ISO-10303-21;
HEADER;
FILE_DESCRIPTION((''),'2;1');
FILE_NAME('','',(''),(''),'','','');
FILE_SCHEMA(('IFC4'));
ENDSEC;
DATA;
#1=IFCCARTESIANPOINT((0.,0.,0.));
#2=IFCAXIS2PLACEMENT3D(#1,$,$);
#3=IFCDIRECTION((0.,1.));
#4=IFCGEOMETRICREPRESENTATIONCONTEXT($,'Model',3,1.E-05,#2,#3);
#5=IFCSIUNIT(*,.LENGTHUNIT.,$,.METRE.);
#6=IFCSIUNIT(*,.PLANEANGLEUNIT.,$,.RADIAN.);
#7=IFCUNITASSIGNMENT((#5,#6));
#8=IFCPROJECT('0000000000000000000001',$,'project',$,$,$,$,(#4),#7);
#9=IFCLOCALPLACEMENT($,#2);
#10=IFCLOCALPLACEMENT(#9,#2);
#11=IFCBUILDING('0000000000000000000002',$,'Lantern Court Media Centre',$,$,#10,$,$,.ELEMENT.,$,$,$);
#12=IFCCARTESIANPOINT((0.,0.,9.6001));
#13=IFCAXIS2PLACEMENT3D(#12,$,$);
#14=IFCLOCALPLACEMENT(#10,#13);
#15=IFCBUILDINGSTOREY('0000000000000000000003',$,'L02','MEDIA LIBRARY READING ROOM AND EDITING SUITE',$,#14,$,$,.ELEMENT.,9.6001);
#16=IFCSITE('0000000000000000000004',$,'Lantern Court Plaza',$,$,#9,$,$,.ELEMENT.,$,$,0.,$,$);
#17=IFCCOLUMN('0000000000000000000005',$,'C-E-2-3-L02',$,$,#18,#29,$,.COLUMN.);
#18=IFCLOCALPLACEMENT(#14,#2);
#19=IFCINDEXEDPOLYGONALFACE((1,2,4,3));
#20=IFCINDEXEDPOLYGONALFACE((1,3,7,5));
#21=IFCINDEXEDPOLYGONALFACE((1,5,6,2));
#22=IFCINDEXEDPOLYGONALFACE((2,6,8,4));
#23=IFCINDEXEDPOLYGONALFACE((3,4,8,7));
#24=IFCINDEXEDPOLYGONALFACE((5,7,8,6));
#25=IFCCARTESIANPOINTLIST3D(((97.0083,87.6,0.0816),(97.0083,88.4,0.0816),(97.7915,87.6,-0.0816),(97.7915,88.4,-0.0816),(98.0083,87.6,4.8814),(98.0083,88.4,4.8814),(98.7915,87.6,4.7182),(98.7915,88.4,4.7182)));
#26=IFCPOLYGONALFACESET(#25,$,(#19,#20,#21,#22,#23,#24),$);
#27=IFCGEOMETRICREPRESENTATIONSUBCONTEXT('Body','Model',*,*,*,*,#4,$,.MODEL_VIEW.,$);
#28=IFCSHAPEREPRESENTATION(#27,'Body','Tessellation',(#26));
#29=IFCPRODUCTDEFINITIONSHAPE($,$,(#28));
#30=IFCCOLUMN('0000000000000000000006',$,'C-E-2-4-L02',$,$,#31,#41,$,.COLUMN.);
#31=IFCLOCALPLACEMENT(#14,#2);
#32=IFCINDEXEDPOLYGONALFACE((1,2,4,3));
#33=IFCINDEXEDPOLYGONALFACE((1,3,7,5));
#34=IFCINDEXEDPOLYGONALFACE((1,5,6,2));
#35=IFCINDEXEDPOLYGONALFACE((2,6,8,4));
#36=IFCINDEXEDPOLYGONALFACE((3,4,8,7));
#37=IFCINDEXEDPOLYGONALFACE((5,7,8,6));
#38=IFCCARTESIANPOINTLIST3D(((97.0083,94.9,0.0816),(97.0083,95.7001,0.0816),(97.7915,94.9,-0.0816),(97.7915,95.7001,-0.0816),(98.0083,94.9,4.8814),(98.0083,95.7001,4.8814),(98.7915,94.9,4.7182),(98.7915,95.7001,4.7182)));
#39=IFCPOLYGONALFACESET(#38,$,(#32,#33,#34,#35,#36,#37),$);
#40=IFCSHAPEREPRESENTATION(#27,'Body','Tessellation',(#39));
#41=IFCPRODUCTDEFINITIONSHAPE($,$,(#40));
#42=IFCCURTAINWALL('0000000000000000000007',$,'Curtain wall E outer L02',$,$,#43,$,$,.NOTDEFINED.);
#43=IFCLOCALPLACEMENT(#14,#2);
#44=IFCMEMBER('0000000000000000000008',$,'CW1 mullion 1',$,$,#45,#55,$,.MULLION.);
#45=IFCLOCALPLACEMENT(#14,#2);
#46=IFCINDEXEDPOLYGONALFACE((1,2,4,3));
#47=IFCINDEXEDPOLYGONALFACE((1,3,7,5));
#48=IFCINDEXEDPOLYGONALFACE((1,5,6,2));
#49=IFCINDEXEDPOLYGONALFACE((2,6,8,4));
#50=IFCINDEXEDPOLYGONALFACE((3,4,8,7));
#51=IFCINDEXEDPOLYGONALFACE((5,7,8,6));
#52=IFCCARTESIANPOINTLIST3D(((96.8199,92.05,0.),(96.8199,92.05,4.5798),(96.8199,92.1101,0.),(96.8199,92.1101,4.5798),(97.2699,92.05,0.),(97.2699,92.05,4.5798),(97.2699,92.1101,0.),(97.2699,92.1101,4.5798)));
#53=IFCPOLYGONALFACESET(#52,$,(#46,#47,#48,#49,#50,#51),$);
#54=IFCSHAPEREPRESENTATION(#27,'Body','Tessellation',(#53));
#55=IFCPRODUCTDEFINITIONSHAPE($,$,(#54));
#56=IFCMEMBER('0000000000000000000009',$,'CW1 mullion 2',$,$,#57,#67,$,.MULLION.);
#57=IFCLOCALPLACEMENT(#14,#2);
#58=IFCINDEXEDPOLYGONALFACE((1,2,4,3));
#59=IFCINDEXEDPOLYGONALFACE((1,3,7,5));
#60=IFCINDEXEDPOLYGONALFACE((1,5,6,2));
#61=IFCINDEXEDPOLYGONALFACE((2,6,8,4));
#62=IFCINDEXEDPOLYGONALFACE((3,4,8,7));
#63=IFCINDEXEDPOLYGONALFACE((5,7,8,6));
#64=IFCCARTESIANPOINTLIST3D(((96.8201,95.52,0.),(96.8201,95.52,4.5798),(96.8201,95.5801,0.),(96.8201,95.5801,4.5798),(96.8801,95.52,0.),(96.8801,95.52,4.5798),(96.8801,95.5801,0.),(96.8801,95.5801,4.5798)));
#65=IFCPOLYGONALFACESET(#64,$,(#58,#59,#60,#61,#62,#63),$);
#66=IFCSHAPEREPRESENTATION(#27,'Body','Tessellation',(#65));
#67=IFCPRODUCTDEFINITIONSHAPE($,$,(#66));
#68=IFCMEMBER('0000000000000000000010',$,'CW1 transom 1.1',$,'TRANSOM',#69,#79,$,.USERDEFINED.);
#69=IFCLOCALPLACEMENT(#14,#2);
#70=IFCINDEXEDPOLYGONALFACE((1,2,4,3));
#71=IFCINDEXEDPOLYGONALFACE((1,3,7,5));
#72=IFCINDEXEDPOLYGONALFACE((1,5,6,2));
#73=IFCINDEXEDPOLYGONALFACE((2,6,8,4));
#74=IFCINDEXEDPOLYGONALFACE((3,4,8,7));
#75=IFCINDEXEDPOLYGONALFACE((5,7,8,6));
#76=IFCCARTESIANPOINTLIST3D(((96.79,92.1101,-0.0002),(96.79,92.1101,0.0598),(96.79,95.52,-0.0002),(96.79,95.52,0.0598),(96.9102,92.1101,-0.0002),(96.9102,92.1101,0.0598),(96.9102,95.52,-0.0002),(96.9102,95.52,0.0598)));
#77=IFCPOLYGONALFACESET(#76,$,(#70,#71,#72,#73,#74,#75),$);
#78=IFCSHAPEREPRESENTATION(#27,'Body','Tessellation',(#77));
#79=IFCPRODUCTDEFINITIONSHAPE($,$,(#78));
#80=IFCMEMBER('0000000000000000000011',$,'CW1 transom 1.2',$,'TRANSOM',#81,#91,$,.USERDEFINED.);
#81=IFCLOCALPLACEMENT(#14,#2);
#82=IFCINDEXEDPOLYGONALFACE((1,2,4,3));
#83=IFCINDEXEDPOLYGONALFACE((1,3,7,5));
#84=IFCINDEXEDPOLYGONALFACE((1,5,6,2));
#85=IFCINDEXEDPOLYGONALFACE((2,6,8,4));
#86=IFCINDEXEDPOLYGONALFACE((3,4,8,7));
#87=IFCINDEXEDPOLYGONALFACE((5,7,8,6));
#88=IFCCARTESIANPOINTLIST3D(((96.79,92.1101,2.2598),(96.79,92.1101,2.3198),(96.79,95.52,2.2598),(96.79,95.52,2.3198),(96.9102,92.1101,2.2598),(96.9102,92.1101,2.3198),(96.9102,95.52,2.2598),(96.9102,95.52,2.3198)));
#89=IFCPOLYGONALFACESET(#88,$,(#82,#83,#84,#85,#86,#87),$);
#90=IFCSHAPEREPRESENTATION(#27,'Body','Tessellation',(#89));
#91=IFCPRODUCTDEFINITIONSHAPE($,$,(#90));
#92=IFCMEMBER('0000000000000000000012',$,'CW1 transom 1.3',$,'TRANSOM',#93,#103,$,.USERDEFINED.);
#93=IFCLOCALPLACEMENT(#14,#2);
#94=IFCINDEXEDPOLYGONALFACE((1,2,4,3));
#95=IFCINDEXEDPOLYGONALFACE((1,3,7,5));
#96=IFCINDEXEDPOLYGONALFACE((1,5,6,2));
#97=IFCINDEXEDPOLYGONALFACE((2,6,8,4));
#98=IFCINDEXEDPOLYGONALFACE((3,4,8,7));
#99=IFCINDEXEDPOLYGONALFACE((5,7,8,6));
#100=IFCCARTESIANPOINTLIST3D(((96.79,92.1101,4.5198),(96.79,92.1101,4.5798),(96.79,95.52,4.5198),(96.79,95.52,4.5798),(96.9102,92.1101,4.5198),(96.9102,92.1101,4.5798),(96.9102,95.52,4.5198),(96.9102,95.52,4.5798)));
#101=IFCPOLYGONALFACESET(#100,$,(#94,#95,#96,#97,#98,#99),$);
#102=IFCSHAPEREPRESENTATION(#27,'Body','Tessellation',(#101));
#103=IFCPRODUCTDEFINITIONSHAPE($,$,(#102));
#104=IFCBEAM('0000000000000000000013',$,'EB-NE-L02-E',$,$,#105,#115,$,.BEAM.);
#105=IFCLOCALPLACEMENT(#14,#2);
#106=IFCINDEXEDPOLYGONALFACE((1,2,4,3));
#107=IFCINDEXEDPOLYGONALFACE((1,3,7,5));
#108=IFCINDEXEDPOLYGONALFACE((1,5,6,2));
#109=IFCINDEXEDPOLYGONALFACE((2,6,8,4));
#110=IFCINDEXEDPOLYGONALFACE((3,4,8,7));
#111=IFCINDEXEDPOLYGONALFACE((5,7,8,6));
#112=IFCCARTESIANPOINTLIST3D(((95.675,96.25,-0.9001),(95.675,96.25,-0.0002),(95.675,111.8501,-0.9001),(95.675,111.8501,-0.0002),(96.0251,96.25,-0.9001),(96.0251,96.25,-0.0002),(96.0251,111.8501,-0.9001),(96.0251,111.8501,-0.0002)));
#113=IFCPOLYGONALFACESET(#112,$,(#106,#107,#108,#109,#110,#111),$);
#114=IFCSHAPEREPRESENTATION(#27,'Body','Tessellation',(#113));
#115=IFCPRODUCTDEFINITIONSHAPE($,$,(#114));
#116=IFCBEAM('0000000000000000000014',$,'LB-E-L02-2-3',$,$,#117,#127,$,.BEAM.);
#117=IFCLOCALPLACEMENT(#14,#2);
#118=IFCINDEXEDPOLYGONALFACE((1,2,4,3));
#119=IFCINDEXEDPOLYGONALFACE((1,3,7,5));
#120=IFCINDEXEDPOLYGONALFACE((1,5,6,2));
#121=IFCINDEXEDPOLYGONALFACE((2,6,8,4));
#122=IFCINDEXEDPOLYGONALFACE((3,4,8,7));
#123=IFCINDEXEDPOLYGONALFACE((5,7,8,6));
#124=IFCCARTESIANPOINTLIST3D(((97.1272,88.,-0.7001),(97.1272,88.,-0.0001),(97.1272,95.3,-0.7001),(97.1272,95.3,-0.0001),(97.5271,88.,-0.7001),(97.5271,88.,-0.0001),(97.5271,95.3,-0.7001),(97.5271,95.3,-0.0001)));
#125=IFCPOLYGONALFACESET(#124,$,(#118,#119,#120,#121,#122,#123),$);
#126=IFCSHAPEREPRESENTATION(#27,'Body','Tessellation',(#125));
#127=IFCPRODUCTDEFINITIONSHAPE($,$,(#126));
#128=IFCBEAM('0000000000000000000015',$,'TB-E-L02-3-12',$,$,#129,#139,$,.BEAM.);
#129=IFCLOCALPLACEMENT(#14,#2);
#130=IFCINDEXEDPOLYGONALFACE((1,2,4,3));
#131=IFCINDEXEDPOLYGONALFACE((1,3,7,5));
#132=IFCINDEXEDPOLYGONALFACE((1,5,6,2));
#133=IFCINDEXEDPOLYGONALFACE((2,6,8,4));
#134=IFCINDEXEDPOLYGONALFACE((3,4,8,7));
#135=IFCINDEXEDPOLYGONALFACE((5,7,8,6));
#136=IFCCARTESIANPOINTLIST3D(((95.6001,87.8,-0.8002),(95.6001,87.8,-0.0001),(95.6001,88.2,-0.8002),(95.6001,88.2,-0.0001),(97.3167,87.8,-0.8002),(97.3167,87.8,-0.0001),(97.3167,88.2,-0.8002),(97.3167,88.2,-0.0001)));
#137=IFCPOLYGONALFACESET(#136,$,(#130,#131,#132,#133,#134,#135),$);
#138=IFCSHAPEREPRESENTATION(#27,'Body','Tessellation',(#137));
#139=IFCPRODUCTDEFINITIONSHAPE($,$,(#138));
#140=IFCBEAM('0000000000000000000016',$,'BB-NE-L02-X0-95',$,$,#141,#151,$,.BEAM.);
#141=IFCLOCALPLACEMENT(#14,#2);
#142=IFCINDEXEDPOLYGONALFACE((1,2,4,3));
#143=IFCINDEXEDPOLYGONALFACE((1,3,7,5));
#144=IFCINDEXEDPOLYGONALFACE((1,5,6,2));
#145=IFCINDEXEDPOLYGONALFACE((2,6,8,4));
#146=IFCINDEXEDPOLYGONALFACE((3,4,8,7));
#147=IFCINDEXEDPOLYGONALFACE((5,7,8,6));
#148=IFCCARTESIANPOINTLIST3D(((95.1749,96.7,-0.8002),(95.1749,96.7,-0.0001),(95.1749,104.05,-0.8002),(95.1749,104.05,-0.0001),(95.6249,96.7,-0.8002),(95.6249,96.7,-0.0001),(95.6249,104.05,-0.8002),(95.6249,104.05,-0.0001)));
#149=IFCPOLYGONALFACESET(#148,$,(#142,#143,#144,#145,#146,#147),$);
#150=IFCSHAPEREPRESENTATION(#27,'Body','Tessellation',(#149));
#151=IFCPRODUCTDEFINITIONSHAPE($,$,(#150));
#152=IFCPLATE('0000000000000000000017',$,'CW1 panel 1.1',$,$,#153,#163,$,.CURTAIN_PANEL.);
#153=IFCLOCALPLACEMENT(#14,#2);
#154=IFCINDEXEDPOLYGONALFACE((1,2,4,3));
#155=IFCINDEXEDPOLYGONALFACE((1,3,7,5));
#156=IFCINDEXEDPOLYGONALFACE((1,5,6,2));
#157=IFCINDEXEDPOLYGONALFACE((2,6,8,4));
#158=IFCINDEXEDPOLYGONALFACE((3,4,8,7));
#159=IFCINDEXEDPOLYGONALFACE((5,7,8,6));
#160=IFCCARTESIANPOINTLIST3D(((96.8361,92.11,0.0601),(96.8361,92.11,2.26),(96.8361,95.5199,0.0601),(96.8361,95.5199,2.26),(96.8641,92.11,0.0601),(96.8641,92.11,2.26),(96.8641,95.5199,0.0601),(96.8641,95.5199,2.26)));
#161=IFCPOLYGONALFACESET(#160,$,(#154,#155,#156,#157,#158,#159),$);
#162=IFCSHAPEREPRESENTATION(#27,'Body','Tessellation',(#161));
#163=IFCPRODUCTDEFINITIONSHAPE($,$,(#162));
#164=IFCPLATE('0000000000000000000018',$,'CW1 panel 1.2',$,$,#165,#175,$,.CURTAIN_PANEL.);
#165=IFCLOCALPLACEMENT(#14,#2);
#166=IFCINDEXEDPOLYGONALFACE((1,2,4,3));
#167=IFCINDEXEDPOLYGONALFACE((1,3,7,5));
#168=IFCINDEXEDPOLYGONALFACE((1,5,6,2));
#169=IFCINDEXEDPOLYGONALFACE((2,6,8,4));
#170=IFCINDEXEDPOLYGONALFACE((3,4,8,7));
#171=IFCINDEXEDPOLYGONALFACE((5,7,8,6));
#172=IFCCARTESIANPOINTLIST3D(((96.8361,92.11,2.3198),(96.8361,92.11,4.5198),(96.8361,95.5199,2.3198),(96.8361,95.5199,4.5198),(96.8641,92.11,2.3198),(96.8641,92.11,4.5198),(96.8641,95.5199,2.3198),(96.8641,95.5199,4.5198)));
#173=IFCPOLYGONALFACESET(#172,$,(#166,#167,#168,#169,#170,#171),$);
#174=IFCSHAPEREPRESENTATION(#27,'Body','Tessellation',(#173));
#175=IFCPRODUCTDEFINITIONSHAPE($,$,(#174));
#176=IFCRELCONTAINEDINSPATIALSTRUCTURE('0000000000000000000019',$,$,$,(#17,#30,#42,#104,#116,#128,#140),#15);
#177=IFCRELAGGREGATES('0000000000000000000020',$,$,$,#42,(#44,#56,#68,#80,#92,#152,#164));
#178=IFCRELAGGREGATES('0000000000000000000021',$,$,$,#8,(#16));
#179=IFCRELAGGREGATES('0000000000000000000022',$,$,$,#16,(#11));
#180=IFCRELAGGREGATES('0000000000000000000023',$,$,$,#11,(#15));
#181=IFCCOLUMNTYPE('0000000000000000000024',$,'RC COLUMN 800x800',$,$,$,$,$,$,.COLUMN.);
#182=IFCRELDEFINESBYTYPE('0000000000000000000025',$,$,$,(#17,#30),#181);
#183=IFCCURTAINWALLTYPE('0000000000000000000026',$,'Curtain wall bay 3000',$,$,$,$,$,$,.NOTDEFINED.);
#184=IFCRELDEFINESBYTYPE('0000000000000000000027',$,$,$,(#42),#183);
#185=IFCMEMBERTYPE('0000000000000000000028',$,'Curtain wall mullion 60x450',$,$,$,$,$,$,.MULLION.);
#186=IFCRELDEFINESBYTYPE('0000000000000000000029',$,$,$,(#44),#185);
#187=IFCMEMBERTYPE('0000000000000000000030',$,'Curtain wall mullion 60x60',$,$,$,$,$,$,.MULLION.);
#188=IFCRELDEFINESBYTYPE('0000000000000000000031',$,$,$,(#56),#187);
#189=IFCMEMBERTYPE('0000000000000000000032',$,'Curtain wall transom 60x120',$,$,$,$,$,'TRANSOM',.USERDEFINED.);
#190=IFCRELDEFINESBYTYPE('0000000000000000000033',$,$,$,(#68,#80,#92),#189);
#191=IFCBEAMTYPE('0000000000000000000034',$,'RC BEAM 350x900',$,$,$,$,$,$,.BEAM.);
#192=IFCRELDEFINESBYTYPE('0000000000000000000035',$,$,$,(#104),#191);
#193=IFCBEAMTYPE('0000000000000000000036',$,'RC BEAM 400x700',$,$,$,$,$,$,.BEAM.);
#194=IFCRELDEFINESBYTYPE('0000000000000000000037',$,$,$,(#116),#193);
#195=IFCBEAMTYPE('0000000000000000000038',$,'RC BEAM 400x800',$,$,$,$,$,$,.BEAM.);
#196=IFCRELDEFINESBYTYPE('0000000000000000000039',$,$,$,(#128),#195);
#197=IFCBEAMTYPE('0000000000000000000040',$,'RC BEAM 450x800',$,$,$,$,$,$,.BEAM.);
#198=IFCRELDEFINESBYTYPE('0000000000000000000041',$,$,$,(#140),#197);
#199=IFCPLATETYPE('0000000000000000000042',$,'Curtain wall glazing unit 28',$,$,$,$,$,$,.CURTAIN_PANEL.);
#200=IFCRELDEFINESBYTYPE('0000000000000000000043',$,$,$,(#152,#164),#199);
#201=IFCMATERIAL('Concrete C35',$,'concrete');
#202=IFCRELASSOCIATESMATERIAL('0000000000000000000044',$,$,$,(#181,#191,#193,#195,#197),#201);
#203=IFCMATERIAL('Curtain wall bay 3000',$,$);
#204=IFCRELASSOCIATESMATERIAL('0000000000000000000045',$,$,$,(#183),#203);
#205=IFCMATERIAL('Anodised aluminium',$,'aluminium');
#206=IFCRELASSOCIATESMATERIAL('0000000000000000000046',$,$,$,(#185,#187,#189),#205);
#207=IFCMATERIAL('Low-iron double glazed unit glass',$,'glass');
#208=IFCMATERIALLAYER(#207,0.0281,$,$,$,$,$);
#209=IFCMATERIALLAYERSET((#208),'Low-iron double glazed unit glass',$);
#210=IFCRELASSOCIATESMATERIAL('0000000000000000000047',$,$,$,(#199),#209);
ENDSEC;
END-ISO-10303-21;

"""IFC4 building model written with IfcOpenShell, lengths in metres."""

from ifc_helpers import new_model, si_unit, direction, frame, origin, origin_2d, place, context, subcontext, project, spatial, rectangle, extrude, material, layer, layer_set, material_profile, profile_set, type_object, element, aggregate, save


model = new_model("IFC4")

# Units and contexts
model_context = context("Model", 3, precision=1e-05, world=origin(), true_north=direction((0.0, 1.0)))
body_context = subcontext(model_context, "Body", "Model", "MODEL_VIEW")
ifc_project = project(units=[si_unit("LENGTHUNIT", "METRE"), si_unit("PLANEANGLEUNIT", "RADIAN")], contexts=[model_context])

# Site, building, storey
site_placement = place(None, origin())
site = spatial("IfcSite", under=ifc_project, at=site_placement, Name="Lantern Court Plaza", CompositionType="ELEMENT", RefElevation=0.0)
building_placement = place(site_placement, origin())
building = spatial("IfcBuilding", under=site, at=building_placement, Name="Lantern Court Media Centre", CompositionType="ELEMENT")
storey_placement = place(building_placement, frame((0.0, 0.0, 9.6001)))
storey = spatial("IfcBuildingStorey", under=building, at=storey_placement, Name="L02", Description="MEDIA LIBRARY READING ROOM AND EDITING SUITE", CompositionType="ELEMENT", Elevation=9.6001)

# Columns
ifc_material_1 = material(Name="Concrete C35", Category="concrete")
ifc_material_profile_1 = material_profile(ifc_material_1, rectangle(XDim=0.8, YDim=0.8, at=origin_2d()), Name="RC 800x800")
ifc_profile_set_1 = profile_set([ifc_material_profile_1], Name="Concrete C35")
column_type = type_object("IfcColumnType", Name="RC COLUMN 800x800", PredefinedType="COLUMN", material=ifc_profile_set_1)
for number, where, z_axis, x_axis, name in (
    (1, (97.3999, 88.0, 0.0), (0.203962, 0.0, 0.978979), (0.0, 1.0, 0.0), "C-E-2-3-L02"),
    (2, (97.3999, 95.3, 0.0), (0.203962, 0.0, 0.978979), (0.0, 1.0, 0.0), "C-E-2-4-L02"),
):
    element("IfcColumn", number, at=place(storey_placement, frame(where, z_axis=z_axis, x_axis=x_axis)), inside=storey, type_object=column_type, Name=name, PredefinedType="COLUMN", context=body_context, shape_type="SweptSolid", body=[
        extrude(rectangle(XDim=0.8, YDim=0.8, at=origin_2d()), origin(), (0.0, 0.0, 1.0), 4.9028),
    ])

# Curtain wall, members
ifc_material_2 = material(Name="Curtain wall bay 3000")
curtain_wall_type = type_object("IfcCurtainWallType", Name="Curtain wall bay 3000", PredefinedType="NOTDEFINED", material=ifc_material_2)
curtain_wall_placement = place(storey_placement, origin())
curtain_wall = element("IfcCurtainWall", 3, at=curtain_wall_placement, inside=storey, type_object=curtain_wall_type, Name="Curtain wall E outer L02", PredefinedType="NOTDEFINED")
ifc_material_3 = material(Name="Anodised aluminium", Category="aluminium")
ifc_material_profile_2 = material_profile(ifc_material_3, rectangle(XDim=0.45, YDim=0.0601, at=origin_2d()), Name="AL 60x450")
ifc_profile_set_2 = profile_set([ifc_material_profile_2], Name="Anodised aluminium")
member_type_1 = type_object("IfcMemberType", Name="Curtain wall mullion 60x450", PredefinedType="MULLION", material=ifc_profile_set_2)
member_1_placement = place(storey_placement, frame((97.0449, 92.0801, 0.0), z_axis=(0.0, 0.0, 1.0), x_axis=(-1.0, 0.0, 0.0)))
member_1 = element("IfcMember", 4, at=member_1_placement, type_object=member_type_1, Name="CW1 mullion 1", PredefinedType="MULLION", context=body_context, shape_type="SweptSolid", body=[
    extrude(rectangle(XDim=0.45, YDim=0.0601, at=origin_2d()), origin(), (0.0, 0.0, 1.0), 4.5798),
])
ifc_material_profile_3 = material_profile(ifc_material_3, rectangle(XDim=0.0601, YDim=0.0601, at=origin_2d()), Name="AL 60x60")
ifc_profile_set_3 = profile_set([ifc_material_profile_3], Name="Anodised aluminium")
member_type_2 = type_object("IfcMemberType", Name="Curtain wall mullion 60x60", PredefinedType="MULLION", material=ifc_profile_set_3)
member_2_placement = place(storey_placement, frame((96.8501, 95.55, 0.0), z_axis=(0.0, 0.0, 1.0), x_axis=(-1.0, 0.0, 0.0)))
member_2 = element("IfcMember", 5, at=member_2_placement, type_object=member_type_2, Name="CW1 mullion 2", PredefinedType="MULLION", context=body_context, shape_type="SweptSolid", body=[
    extrude(rectangle(XDim=0.0601, YDim=0.0601, at=origin_2d()), origin(), (0.0, 0.0, 1.0), 4.5798),
])
ifc_material_profile_4 = material_profile(ifc_material_3, rectangle(XDim=0.1201, YDim=0.0601, at=origin_2d()), Name="AL 60x120")
ifc_profile_set_4 = profile_set([ifc_material_profile_4], Name="Anodised aluminium")
member_type_3 = type_object("IfcMemberType", Name="Curtain wall transom 60x120", ElementType="TRANSOM", PredefinedType="USERDEFINED", material=ifc_profile_set_4)
member_3_placement = place(storey_placement, frame((96.8501, 92.1101, 0.0298), z_axis=(0.0, 1.0, 0.0), x_axis=(-1.0, 0.0, 0.0)))
member_3 = element("IfcMember", 6, at=member_3_placement, type_object=member_type_3, Name="CW1 transom 1.1", ObjectType="TRANSOM", PredefinedType="USERDEFINED", context=body_context, shape_type="SweptSolid", body=[
    extrude(rectangle(XDim=0.1201, YDim=0.0601, at=origin_2d()), origin(), (0.0, 0.0, 1.0), 3.4099),
])
member_4_placement = place(storey_placement, frame((96.8501, 92.1101, 2.2898), z_axis=(0.0, 1.0, 0.0), x_axis=(-1.0, 0.0, 0.0)))
member_4 = element("IfcMember", 7, at=member_4_placement, type_object=member_type_3, Name="CW1 transom 1.2", ObjectType="TRANSOM", PredefinedType="USERDEFINED", context=body_context, shape_type="SweptSolid", body=[
    extrude(rectangle(XDim=0.1201, YDim=0.0601, at=origin_2d()), origin(), (0.0, 0.0, 1.0), 3.4099),
])
member_5_placement = place(storey_placement, frame((96.8501, 92.1101, 4.5498), z_axis=(0.0, 1.0, 0.0), x_axis=(-1.0, 0.0, 0.0)))
member_5 = element("IfcMember", 8, at=member_5_placement, type_object=member_type_3, Name="CW1 transom 1.3", ObjectType="TRANSOM", PredefinedType="USERDEFINED", context=body_context, shape_type="SweptSolid", body=[
    extrude(rectangle(XDim=0.1201, YDim=0.0601, at=origin_2d()), origin(), (0.0, 0.0, 1.0), 3.4099),
])

# Beams
ifc_material_profile_5 = material_profile(ifc_material_1, rectangle(XDim=0.3501, YDim=0.8999, at=origin_2d()), Name="RC 350x900")
ifc_profile_set_5 = profile_set([ifc_material_profile_5], Name="Concrete C35")
beam_type_1 = type_object("IfcBeamType", Name="RC BEAM 350x900", PredefinedType="BEAM", material=ifc_profile_set_5)
beam_1_placement = place(storey_placement, frame((95.8501, 96.25, -0.4502), z_axis=(0.0, 1.0, 0.0), x_axis=(-1.0, 0.0, 0.0)))
element("IfcBeam", 9, at=beam_1_placement, inside=storey, type_object=beam_type_1, Name="EB-NE-L02-E", PredefinedType="BEAM", context=body_context, shape_type="SweptSolid", body=[
    extrude(rectangle(XDim=0.3501, YDim=0.8999, at=origin_2d()), origin(), (0.0, 0.0, 1.0), 15.6001),
])
ifc_material_profile_6 = material_profile(ifc_material_1, rectangle(XDim=0.3999, YDim=0.7, at=origin_2d()), Name="RC 400x700")
ifc_profile_set_6 = profile_set([ifc_material_profile_6], Name="Concrete C35")
beam_type_2 = type_object("IfcBeamType", Name="RC BEAM 400x700", PredefinedType="BEAM", material=ifc_profile_set_6)
beam_2_placement = place(storey_placement, frame((97.3271, 88.0, -0.3501), z_axis=(0.0, 1.0, 0.0), x_axis=(-1.0, 0.0, 0.0)))
element("IfcBeam", 10, at=beam_2_placement, inside=storey, type_object=beam_type_2, Name="LB-E-L02-2-3", PredefinedType="BEAM", context=body_context, shape_type="SweptSolid", body=[
    extrude(rectangle(XDim=0.3999, YDim=0.7, at=origin_2d()), origin(), (0.0, 0.0, 1.0), 7.3),
])
ifc_material_profile_7 = material_profile(ifc_material_1, rectangle(XDim=0.3999, YDim=0.8, at=origin_2d()), Name="RC 400x800")
ifc_profile_set_7 = profile_set([ifc_material_profile_7], Name="Concrete C35")
beam_type_3 = type_object("IfcBeamType", Name="RC BEAM 400x800", PredefinedType="BEAM", material=ifc_profile_set_7)
beam_3_placement = place(storey_placement, frame((95.6001, 88.0, -0.4001), z_axis=(1.0, 0.0, 0.0), x_axis=(0.0, 1.0, 0.0)))
element("IfcBeam", 11, at=beam_3_placement, inside=storey, type_object=beam_type_3, Name="TB-E-L02-3-12", PredefinedType="BEAM", context=body_context, shape_type="SweptSolid", body=[
    extrude(rectangle(XDim=0.3999, YDim=0.8, at=origin_2d()), origin(), (0.0, 0.0, 1.0), 1.7166),
])
ifc_material_profile_8 = material_profile(ifc_material_1, rectangle(XDim=0.45, YDim=0.8, at=origin_2d()), Name="RC 450x800")
ifc_profile_set_8 = profile_set([ifc_material_profile_8], Name="Concrete C35")
beam_type_4 = type_object("IfcBeamType", Name="RC BEAM 450x800", PredefinedType="BEAM", material=ifc_profile_set_8)
beam_4_placement = place(storey_placement, frame((95.3999, 96.7, -0.4001), z_axis=(0.0, 1.0, 0.0), x_axis=(-1.0, 0.0, 0.0)))
element("IfcBeam", 12, at=beam_4_placement, inside=storey, type_object=beam_type_4, Name="BB-NE-L02-X0-95", PredefinedType="BEAM", context=body_context, shape_type="SweptSolid", body=[
    extrude(rectangle(XDim=0.45, YDim=0.8, at=origin_2d()), origin(), (0.0, 0.0, 1.0), 7.3501),
])

# Plates
ifc_material_4 = material(Name="Low-iron double glazed unit glass", Category="glass")
ifc_layer_1 = layer(ifc_material_4, 0.0281)
ifc_layer_set_1 = layer_set([ifc_layer_1], Name="Low-iron double glazed unit glass")
plate_type = type_object("IfcPlateType", Name="Curtain wall glazing unit 28", PredefinedType="CURTAIN_PANEL", material=ifc_layer_set_1)
plate_1_placement = place(storey_placement, frame((96.8501, 93.8149, 0.0601), z_axis=(0.0, 0.0, 1.0), x_axis=(0.0, 1.0, 0.0)))
plate_1 = element("IfcPlate", 13, at=plate_1_placement, type_object=plate_type, Name="CW1 panel 1.1", PredefinedType="CURTAIN_PANEL", context=body_context, shape_type="SweptSolid", body=[
    extrude(rectangle(XDim=3.4099, YDim=0.0281, at=origin_2d()), origin(), (0.0, 0.0, 1.0), 2.2),
])
plate_2_placement = place(storey_placement, frame((96.8501, 93.8149, 2.3198), z_axis=(0.0, 0.0, 1.0), x_axis=(0.0, 1.0, 0.0)))
plate_2 = element("IfcPlate", 14, at=plate_2_placement, type_object=plate_type, Name="CW1 panel 1.2", PredefinedType="CURTAIN_PANEL", context=body_context, shape_type="SweptSolid", body=[
    extrude(rectangle(XDim=3.4099, YDim=0.0281, at=origin_2d()), origin(), (0.0, 0.0, 1.0), 2.2),
])
aggregate(curtain_wall, [member_1, member_2, member_3, member_4, member_5, plate_1, plate_2])

save(model, "model.ifc")
